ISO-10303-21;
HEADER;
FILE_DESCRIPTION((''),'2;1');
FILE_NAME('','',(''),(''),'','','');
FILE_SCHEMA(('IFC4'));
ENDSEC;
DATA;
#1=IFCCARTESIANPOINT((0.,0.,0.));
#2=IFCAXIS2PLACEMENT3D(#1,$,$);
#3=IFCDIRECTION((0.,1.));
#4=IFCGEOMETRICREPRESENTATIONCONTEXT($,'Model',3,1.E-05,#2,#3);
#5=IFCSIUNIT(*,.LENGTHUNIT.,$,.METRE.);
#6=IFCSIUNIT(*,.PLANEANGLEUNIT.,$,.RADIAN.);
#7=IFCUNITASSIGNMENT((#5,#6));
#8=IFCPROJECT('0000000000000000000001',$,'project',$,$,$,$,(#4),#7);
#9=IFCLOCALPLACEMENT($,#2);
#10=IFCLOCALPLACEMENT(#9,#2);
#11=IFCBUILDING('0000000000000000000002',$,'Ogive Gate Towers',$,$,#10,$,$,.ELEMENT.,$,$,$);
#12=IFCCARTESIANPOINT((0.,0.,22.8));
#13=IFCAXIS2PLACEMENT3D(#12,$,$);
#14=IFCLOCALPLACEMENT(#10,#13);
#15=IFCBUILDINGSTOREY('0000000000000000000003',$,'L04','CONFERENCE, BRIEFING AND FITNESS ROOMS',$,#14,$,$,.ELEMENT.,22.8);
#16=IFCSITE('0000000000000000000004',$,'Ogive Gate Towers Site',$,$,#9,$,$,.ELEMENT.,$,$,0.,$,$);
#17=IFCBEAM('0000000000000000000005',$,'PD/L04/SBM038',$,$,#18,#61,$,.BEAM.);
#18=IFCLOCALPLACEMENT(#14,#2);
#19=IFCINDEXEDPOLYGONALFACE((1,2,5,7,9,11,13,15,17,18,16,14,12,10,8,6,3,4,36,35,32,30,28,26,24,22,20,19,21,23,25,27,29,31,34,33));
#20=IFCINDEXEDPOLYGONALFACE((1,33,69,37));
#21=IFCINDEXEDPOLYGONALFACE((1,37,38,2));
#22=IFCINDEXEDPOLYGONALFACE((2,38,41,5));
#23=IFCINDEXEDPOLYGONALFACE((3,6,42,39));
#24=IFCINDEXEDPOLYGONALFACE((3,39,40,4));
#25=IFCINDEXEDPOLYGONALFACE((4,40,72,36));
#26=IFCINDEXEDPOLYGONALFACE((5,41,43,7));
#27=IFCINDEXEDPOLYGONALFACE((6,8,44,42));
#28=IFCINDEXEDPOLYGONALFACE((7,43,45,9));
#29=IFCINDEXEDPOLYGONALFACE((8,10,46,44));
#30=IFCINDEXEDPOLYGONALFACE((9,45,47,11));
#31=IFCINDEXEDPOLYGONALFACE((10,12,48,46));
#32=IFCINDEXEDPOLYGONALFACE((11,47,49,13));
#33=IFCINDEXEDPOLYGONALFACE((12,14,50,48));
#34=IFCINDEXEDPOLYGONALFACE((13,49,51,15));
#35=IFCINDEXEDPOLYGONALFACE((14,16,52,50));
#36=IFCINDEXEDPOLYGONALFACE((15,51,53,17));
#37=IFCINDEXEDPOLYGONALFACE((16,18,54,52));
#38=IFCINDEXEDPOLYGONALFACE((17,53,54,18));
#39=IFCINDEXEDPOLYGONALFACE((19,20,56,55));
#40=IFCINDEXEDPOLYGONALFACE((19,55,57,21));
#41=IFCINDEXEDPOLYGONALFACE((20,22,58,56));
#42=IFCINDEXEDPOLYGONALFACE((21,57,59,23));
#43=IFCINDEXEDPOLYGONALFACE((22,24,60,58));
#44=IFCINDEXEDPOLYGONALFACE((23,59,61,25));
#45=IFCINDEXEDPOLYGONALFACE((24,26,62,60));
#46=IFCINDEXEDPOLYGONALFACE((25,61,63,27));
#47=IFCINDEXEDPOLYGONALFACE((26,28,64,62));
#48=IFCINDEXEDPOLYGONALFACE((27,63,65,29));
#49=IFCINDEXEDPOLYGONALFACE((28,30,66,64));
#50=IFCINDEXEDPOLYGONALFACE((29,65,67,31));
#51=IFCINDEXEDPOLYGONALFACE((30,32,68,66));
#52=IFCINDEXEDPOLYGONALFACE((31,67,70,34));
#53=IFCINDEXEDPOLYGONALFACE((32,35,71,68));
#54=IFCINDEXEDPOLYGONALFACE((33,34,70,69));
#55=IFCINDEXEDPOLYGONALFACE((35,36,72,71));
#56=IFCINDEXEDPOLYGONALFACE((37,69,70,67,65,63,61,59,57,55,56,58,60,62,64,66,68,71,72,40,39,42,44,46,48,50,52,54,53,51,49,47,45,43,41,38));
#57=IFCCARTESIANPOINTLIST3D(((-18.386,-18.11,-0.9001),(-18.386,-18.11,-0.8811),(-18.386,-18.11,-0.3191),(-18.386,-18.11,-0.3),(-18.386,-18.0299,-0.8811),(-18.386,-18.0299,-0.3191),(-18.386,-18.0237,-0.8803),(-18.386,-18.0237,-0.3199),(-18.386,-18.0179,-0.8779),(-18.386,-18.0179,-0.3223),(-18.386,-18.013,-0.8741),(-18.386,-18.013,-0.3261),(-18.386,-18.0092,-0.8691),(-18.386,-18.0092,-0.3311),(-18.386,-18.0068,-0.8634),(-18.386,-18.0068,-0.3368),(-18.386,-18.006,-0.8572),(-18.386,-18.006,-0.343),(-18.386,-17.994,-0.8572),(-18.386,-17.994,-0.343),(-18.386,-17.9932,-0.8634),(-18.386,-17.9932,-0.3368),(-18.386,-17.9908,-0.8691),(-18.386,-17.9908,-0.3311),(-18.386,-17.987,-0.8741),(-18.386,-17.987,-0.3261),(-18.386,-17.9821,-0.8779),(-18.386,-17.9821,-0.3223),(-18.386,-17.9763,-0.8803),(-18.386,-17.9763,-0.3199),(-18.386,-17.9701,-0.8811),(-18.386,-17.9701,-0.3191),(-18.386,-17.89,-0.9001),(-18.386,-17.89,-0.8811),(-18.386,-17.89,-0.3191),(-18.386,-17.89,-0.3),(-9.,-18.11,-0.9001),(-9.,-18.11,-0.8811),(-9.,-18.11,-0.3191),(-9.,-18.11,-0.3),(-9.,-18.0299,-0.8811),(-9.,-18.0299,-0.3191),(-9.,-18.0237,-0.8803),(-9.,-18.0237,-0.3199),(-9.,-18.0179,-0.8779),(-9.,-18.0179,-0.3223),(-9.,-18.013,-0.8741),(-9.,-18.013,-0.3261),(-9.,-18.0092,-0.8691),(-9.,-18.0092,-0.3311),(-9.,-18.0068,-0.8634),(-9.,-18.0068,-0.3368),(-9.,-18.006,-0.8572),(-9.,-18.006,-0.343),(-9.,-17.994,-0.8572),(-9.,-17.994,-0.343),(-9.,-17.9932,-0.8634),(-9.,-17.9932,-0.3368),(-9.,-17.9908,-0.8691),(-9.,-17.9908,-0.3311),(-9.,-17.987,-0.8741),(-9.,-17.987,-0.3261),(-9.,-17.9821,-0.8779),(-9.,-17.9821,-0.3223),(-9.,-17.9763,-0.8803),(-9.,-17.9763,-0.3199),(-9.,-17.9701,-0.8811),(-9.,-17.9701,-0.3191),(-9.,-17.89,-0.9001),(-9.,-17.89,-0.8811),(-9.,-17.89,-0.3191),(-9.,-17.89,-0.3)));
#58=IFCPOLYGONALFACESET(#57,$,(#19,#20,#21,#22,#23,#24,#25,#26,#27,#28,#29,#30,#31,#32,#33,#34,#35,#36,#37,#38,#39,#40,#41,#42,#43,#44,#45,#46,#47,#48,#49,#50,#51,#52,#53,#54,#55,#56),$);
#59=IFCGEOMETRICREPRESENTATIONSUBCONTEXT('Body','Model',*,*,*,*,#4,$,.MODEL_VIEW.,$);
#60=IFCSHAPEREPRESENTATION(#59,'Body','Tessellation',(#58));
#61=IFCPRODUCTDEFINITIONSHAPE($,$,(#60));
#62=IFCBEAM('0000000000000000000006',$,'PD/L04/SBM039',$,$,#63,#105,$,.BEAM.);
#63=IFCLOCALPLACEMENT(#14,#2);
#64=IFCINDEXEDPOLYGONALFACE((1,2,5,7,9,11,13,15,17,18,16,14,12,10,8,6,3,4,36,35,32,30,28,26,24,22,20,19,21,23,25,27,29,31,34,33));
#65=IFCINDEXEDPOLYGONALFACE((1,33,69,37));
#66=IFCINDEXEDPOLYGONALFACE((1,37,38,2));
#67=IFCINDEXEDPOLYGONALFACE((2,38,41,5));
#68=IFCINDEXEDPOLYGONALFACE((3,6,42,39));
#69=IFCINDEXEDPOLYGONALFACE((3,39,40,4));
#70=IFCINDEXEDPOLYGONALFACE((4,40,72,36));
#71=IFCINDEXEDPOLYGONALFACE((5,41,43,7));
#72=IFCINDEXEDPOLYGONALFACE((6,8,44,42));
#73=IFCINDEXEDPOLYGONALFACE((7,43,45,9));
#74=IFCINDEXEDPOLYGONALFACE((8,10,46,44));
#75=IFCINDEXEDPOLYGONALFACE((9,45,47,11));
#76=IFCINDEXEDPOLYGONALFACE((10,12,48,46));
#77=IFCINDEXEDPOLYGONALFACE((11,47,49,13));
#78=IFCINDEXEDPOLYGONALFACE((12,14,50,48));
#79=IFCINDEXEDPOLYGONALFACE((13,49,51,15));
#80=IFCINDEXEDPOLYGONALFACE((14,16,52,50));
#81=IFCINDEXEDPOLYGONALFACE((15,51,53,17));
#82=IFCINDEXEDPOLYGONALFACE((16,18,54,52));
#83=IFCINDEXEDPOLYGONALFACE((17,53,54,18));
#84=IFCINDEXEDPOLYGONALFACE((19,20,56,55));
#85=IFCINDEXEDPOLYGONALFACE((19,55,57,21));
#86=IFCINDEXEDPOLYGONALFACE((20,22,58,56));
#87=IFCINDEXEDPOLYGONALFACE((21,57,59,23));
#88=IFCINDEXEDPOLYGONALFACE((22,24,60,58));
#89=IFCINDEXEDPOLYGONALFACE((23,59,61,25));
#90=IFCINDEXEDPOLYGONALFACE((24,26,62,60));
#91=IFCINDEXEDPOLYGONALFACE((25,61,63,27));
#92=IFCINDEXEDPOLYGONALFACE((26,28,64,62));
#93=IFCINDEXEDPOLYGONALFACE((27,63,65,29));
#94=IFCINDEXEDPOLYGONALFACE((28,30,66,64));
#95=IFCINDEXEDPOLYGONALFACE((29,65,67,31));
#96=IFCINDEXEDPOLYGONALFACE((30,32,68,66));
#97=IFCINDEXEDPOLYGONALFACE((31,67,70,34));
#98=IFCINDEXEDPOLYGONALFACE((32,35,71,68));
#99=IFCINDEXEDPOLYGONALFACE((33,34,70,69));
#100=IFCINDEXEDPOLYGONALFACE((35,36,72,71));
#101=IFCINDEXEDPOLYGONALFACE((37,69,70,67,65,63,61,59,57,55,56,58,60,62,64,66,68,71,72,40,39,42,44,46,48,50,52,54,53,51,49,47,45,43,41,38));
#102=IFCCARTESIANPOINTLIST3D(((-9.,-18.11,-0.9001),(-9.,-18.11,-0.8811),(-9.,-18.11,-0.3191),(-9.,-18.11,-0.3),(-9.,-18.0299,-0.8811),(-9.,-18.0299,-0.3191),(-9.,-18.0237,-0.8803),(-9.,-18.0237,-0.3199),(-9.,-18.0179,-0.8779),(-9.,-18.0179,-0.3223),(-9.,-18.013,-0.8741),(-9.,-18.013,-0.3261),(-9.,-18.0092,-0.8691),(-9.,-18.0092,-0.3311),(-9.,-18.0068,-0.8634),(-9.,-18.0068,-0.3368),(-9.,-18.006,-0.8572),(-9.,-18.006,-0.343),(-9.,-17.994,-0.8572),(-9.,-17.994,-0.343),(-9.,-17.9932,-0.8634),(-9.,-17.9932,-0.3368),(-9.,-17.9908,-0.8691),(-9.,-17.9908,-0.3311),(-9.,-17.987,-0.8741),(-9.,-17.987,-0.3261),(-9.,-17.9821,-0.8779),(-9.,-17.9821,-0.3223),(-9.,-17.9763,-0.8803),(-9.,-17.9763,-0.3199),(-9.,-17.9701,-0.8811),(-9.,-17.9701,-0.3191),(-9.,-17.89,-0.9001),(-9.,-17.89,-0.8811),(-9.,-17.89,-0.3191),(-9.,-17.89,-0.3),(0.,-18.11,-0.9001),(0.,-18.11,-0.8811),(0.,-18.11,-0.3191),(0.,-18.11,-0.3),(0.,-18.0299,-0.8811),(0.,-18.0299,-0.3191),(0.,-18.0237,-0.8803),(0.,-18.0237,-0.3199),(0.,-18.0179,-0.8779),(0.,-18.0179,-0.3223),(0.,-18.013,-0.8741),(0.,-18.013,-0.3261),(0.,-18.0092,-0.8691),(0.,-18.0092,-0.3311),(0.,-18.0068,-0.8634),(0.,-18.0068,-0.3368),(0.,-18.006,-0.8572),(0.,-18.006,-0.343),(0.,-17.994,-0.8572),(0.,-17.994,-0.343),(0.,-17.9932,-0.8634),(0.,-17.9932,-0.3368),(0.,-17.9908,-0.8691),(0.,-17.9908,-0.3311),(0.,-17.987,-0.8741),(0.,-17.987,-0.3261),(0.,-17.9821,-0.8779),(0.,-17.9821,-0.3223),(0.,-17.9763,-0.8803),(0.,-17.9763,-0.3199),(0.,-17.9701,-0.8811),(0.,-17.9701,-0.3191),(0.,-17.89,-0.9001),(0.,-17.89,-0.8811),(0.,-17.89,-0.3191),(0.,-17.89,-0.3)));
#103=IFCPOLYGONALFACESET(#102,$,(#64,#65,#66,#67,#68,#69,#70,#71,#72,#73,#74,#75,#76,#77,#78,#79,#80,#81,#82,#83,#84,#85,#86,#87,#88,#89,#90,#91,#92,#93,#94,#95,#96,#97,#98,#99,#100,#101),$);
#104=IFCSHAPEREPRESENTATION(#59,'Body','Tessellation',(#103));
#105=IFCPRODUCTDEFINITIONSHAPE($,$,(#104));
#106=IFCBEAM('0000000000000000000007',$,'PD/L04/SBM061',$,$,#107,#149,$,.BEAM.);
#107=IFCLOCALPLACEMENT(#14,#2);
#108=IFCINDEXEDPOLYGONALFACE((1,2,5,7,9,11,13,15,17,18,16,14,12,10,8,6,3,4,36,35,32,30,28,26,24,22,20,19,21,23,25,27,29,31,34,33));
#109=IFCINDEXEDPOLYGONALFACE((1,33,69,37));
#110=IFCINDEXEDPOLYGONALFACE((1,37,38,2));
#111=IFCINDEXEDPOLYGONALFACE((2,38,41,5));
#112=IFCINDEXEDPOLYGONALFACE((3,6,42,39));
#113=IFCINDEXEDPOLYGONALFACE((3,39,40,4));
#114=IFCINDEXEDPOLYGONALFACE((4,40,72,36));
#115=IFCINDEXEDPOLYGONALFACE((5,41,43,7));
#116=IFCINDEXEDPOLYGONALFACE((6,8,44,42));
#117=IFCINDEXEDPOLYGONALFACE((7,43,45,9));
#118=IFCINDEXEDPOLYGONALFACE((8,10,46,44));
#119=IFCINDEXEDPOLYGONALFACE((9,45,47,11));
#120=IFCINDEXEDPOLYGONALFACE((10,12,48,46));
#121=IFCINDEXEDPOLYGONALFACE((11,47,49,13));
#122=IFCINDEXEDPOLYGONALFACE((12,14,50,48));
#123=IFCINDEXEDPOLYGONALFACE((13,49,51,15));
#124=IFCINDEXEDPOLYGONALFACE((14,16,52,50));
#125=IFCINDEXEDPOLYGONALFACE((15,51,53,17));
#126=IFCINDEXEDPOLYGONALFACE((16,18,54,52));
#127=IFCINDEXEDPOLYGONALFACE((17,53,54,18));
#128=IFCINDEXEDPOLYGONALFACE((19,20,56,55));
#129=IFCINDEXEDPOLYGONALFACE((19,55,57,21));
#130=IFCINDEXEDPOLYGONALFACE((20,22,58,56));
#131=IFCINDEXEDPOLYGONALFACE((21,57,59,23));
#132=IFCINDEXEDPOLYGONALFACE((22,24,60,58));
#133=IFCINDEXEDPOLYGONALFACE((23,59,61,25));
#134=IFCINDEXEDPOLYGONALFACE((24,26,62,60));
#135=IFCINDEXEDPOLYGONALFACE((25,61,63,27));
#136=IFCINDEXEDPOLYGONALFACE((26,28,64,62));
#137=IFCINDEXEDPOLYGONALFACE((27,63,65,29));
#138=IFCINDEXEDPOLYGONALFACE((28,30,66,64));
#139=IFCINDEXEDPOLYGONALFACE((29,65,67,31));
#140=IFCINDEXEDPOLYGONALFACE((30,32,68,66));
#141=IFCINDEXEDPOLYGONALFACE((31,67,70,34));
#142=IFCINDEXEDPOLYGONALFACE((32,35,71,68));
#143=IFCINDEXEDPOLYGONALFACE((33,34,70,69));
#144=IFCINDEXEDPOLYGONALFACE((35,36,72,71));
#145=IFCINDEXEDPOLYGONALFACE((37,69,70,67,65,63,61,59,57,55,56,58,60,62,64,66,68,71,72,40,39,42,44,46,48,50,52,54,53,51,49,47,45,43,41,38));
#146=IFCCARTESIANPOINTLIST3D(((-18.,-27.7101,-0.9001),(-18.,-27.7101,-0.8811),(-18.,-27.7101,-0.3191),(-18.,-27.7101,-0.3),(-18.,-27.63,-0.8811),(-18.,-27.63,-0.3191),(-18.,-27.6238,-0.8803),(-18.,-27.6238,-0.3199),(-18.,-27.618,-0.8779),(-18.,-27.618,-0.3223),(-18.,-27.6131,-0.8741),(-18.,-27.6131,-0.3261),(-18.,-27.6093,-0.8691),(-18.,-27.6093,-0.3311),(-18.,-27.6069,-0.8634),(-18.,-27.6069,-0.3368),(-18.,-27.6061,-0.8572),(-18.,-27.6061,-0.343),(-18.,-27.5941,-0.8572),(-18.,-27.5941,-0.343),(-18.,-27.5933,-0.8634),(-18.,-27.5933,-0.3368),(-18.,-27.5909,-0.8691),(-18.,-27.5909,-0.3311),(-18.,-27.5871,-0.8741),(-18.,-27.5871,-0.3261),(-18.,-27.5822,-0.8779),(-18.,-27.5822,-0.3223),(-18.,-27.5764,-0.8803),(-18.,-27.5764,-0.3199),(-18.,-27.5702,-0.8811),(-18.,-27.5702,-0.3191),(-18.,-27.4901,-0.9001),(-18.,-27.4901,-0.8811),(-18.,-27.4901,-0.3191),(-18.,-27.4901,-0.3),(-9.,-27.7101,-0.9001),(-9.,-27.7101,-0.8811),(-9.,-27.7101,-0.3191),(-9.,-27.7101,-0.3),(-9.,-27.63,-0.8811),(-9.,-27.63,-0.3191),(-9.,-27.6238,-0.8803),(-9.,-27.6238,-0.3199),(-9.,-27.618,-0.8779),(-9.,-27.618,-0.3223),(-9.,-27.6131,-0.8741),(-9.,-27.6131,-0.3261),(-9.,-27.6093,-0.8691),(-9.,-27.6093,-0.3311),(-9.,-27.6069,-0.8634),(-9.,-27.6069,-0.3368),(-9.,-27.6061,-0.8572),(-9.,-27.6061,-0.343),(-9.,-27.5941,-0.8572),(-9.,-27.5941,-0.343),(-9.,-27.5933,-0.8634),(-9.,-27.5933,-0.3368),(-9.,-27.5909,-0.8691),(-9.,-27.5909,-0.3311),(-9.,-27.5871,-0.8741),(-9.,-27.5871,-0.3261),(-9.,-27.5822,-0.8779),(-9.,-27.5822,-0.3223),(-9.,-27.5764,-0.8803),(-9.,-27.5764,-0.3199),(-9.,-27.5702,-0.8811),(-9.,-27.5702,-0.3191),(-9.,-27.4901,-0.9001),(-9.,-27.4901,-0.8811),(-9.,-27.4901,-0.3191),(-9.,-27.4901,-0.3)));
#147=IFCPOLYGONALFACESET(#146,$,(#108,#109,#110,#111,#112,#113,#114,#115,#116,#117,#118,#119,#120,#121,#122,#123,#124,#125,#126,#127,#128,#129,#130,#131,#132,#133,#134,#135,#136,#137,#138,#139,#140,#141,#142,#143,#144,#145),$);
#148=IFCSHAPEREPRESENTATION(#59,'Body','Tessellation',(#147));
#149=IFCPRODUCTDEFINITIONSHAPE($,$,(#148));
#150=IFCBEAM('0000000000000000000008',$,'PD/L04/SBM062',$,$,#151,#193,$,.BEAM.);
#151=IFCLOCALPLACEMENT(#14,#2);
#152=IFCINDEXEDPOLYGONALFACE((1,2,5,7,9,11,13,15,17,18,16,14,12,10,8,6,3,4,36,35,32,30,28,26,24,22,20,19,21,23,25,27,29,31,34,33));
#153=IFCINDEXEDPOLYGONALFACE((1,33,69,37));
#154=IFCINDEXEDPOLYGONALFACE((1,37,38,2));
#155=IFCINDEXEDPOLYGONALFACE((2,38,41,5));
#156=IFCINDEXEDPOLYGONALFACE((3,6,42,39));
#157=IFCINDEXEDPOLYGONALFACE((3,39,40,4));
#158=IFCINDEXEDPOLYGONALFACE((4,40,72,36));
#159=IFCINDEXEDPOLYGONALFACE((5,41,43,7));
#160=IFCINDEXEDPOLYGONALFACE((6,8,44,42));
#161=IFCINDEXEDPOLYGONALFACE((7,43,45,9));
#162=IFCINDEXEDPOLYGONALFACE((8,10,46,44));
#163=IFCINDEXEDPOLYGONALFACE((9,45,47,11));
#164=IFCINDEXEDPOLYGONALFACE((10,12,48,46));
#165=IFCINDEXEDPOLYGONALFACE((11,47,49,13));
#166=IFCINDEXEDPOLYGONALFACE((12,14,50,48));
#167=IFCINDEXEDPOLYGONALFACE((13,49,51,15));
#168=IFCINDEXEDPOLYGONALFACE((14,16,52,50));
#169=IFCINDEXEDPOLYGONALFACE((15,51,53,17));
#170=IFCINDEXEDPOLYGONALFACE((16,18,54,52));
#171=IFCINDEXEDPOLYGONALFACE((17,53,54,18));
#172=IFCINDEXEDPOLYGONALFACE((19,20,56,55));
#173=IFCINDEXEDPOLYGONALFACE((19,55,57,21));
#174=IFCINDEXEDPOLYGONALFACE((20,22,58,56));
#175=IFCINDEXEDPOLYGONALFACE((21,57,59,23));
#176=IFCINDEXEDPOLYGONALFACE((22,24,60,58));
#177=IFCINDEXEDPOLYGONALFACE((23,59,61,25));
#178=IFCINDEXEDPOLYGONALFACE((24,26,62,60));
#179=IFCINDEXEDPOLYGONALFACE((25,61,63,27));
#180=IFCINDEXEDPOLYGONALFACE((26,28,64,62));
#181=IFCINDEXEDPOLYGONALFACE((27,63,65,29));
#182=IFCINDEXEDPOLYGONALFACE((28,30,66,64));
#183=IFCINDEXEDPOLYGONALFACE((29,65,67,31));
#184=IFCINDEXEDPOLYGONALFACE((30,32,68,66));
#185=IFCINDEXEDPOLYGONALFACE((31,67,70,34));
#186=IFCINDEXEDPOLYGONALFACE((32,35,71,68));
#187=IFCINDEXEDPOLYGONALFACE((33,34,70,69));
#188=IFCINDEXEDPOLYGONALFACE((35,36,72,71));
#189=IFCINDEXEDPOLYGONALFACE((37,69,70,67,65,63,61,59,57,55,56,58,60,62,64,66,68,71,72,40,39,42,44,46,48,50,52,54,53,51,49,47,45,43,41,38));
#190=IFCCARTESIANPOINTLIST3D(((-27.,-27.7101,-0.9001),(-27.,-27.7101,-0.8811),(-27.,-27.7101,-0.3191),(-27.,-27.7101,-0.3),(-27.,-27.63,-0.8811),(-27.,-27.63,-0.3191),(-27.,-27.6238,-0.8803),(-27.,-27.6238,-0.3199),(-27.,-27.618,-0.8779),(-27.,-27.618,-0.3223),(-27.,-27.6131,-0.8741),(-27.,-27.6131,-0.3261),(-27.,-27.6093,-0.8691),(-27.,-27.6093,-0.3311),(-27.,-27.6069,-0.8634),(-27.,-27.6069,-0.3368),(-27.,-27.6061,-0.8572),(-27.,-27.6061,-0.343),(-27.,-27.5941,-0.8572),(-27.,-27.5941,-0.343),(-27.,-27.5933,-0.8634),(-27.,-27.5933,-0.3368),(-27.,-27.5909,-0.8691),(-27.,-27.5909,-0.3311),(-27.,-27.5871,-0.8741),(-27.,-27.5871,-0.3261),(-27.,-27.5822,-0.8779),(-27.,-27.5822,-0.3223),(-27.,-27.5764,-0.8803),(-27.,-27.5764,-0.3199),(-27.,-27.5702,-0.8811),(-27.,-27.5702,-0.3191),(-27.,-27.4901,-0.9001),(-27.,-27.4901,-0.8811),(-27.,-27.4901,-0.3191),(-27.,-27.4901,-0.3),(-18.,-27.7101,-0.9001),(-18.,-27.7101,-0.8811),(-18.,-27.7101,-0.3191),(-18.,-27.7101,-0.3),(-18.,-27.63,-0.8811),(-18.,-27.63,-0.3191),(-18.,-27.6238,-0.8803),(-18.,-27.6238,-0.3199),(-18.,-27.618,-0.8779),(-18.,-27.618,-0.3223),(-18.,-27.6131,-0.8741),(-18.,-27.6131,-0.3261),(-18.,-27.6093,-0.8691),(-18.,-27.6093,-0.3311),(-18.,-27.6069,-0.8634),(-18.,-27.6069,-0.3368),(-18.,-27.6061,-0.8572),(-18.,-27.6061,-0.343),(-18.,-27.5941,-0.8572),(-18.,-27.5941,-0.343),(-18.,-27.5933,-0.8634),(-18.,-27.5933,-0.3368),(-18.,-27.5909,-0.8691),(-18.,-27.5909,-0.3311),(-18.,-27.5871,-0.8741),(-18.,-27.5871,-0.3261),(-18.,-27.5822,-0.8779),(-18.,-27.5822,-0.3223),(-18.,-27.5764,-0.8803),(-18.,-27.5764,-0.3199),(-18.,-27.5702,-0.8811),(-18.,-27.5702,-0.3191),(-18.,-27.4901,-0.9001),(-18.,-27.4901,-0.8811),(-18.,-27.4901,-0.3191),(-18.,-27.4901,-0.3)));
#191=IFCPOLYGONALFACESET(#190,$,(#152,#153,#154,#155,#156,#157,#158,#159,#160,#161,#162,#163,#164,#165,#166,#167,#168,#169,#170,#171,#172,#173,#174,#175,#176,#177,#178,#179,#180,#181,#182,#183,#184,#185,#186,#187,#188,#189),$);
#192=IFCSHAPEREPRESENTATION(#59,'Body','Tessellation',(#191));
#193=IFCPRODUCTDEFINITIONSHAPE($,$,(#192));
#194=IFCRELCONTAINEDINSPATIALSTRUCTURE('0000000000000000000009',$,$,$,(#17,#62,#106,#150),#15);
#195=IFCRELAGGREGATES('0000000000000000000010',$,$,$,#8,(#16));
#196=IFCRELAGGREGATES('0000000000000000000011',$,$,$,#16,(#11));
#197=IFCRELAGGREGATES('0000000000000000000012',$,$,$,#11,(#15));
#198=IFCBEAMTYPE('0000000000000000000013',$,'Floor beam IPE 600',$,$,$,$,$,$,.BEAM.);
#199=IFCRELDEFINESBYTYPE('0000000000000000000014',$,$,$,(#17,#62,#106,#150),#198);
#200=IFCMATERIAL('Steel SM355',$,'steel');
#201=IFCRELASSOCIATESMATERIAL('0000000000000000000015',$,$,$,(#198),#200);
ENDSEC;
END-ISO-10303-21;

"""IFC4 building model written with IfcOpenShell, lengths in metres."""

from ifc_helpers import new_model, si_unit, direction, frame, origin, origin_2d, place, context, subcontext, project, spatial, i_section, extrude, material, material_profile, profile_set, type_object, element, save


model = new_model("IFC4")

# Units and contexts
model_context = context("Model", 3, precision=1e-05, world=origin(), true_north=direction((0.0, 1.0)))
body_context = subcontext(model_context, "Body", "Model", "MODEL_VIEW")
ifc_project = project(units=[si_unit("LENGTHUNIT", "METRE"), si_unit("PLANEANGLEUNIT", "RADIAN")], contexts=[model_context])

# Site, building, storey
site_placement = place(None, origin())
site = spatial("IfcSite", under=ifc_project, at=site_placement, Name="Ogive Gate Towers Site", CompositionType="ELEMENT", RefElevation=0.0)
building_placement = place(site_placement, origin())
building = spatial("IfcBuilding", under=site, at=building_placement, Name="Ogive Gate Towers", CompositionType="ELEMENT")
storey_placement = place(building_placement, frame((0.0, 0.0, 22.8)))
storey = spatial("IfcBuildingStorey", under=building, at=storey_placement, Name="L04", Description="CONFERENCE, BRIEFING AND FITNESS ROOMS", CompositionType="ELEMENT", Elevation=22.8)

# Beams
ifc_material_1 = material(Name="Steel SM355", Category="steel")
ifc_material_profile_1 = material_profile(ifc_material_1, i_section(OverallWidth=0.22, OverallDepth=0.6001, WebThickness=0.012, FlangeThickness=0.019, FilletRadius=0.0239, at=origin_2d()), Name="IPE 600")
ifc_profile_set_1 = profile_set([ifc_material_profile_1], Name="Steel SM355")
beam_type_1 = type_object("IfcBeamType", Name="Floor beam IPE 600", PredefinedType="BEAM", material=ifc_profile_set_1)
beam_1_placement = place(storey_placement, frame((-18.386, -18.0, -0.6001), z_axis=(1.0, 0.0, 0.0), x_axis=(0.0, 1.0, 0.0)))
element("IfcBeam", 1, at=beam_1_placement, inside=storey, type_object=beam_type_1, Name="PD/L04/SBM038", PredefinedType="BEAM", context=body_context, shape_type="SweptSolid", body=[
    extrude(i_section(OverallWidth=0.22, OverallDepth=0.6001, WebThickness=0.012, FlangeThickness=0.019, FilletRadius=0.0239, at=origin_2d()), origin(), (0.0, 0.0, 1.0), 9.386),
])
for number, where, z_axis, x_axis, name in (
    (2, (-9.0, -18.0, -0.6001), (1.0, 0.0, 0.0), (0.0, 1.0, 0.0), "PD/L04/SBM039"),
    (3, (-9.0, -27.6001, -0.6001), (-1.0, 0.0, 0.0), (0.0, -1.0, 0.0), "PD/L04/SBM061"),
    (4, (-18.0, -27.6001, -0.6001), (-1.0, 0.0, 0.0), (0.0, -1.0, 0.0), "PD/L04/SBM062"),
):
    element("IfcBeam", number, at=place(storey_placement, frame(where, z_axis=z_axis, x_axis=x_axis)), inside=storey, type_object=beam_type_1, Name=name, PredefinedType="BEAM", context=body_context, shape_type="SweptSolid", body=[
        extrude(i_section(OverallWidth=0.22, OverallDepth=0.6001, WebThickness=0.012, FlangeThickness=0.019, FilletRadius=0.0239, at=origin_2d()), origin(), (0.0, 0.0, 1.0), 9.0),
    ])

save(model, "model.ifc")
